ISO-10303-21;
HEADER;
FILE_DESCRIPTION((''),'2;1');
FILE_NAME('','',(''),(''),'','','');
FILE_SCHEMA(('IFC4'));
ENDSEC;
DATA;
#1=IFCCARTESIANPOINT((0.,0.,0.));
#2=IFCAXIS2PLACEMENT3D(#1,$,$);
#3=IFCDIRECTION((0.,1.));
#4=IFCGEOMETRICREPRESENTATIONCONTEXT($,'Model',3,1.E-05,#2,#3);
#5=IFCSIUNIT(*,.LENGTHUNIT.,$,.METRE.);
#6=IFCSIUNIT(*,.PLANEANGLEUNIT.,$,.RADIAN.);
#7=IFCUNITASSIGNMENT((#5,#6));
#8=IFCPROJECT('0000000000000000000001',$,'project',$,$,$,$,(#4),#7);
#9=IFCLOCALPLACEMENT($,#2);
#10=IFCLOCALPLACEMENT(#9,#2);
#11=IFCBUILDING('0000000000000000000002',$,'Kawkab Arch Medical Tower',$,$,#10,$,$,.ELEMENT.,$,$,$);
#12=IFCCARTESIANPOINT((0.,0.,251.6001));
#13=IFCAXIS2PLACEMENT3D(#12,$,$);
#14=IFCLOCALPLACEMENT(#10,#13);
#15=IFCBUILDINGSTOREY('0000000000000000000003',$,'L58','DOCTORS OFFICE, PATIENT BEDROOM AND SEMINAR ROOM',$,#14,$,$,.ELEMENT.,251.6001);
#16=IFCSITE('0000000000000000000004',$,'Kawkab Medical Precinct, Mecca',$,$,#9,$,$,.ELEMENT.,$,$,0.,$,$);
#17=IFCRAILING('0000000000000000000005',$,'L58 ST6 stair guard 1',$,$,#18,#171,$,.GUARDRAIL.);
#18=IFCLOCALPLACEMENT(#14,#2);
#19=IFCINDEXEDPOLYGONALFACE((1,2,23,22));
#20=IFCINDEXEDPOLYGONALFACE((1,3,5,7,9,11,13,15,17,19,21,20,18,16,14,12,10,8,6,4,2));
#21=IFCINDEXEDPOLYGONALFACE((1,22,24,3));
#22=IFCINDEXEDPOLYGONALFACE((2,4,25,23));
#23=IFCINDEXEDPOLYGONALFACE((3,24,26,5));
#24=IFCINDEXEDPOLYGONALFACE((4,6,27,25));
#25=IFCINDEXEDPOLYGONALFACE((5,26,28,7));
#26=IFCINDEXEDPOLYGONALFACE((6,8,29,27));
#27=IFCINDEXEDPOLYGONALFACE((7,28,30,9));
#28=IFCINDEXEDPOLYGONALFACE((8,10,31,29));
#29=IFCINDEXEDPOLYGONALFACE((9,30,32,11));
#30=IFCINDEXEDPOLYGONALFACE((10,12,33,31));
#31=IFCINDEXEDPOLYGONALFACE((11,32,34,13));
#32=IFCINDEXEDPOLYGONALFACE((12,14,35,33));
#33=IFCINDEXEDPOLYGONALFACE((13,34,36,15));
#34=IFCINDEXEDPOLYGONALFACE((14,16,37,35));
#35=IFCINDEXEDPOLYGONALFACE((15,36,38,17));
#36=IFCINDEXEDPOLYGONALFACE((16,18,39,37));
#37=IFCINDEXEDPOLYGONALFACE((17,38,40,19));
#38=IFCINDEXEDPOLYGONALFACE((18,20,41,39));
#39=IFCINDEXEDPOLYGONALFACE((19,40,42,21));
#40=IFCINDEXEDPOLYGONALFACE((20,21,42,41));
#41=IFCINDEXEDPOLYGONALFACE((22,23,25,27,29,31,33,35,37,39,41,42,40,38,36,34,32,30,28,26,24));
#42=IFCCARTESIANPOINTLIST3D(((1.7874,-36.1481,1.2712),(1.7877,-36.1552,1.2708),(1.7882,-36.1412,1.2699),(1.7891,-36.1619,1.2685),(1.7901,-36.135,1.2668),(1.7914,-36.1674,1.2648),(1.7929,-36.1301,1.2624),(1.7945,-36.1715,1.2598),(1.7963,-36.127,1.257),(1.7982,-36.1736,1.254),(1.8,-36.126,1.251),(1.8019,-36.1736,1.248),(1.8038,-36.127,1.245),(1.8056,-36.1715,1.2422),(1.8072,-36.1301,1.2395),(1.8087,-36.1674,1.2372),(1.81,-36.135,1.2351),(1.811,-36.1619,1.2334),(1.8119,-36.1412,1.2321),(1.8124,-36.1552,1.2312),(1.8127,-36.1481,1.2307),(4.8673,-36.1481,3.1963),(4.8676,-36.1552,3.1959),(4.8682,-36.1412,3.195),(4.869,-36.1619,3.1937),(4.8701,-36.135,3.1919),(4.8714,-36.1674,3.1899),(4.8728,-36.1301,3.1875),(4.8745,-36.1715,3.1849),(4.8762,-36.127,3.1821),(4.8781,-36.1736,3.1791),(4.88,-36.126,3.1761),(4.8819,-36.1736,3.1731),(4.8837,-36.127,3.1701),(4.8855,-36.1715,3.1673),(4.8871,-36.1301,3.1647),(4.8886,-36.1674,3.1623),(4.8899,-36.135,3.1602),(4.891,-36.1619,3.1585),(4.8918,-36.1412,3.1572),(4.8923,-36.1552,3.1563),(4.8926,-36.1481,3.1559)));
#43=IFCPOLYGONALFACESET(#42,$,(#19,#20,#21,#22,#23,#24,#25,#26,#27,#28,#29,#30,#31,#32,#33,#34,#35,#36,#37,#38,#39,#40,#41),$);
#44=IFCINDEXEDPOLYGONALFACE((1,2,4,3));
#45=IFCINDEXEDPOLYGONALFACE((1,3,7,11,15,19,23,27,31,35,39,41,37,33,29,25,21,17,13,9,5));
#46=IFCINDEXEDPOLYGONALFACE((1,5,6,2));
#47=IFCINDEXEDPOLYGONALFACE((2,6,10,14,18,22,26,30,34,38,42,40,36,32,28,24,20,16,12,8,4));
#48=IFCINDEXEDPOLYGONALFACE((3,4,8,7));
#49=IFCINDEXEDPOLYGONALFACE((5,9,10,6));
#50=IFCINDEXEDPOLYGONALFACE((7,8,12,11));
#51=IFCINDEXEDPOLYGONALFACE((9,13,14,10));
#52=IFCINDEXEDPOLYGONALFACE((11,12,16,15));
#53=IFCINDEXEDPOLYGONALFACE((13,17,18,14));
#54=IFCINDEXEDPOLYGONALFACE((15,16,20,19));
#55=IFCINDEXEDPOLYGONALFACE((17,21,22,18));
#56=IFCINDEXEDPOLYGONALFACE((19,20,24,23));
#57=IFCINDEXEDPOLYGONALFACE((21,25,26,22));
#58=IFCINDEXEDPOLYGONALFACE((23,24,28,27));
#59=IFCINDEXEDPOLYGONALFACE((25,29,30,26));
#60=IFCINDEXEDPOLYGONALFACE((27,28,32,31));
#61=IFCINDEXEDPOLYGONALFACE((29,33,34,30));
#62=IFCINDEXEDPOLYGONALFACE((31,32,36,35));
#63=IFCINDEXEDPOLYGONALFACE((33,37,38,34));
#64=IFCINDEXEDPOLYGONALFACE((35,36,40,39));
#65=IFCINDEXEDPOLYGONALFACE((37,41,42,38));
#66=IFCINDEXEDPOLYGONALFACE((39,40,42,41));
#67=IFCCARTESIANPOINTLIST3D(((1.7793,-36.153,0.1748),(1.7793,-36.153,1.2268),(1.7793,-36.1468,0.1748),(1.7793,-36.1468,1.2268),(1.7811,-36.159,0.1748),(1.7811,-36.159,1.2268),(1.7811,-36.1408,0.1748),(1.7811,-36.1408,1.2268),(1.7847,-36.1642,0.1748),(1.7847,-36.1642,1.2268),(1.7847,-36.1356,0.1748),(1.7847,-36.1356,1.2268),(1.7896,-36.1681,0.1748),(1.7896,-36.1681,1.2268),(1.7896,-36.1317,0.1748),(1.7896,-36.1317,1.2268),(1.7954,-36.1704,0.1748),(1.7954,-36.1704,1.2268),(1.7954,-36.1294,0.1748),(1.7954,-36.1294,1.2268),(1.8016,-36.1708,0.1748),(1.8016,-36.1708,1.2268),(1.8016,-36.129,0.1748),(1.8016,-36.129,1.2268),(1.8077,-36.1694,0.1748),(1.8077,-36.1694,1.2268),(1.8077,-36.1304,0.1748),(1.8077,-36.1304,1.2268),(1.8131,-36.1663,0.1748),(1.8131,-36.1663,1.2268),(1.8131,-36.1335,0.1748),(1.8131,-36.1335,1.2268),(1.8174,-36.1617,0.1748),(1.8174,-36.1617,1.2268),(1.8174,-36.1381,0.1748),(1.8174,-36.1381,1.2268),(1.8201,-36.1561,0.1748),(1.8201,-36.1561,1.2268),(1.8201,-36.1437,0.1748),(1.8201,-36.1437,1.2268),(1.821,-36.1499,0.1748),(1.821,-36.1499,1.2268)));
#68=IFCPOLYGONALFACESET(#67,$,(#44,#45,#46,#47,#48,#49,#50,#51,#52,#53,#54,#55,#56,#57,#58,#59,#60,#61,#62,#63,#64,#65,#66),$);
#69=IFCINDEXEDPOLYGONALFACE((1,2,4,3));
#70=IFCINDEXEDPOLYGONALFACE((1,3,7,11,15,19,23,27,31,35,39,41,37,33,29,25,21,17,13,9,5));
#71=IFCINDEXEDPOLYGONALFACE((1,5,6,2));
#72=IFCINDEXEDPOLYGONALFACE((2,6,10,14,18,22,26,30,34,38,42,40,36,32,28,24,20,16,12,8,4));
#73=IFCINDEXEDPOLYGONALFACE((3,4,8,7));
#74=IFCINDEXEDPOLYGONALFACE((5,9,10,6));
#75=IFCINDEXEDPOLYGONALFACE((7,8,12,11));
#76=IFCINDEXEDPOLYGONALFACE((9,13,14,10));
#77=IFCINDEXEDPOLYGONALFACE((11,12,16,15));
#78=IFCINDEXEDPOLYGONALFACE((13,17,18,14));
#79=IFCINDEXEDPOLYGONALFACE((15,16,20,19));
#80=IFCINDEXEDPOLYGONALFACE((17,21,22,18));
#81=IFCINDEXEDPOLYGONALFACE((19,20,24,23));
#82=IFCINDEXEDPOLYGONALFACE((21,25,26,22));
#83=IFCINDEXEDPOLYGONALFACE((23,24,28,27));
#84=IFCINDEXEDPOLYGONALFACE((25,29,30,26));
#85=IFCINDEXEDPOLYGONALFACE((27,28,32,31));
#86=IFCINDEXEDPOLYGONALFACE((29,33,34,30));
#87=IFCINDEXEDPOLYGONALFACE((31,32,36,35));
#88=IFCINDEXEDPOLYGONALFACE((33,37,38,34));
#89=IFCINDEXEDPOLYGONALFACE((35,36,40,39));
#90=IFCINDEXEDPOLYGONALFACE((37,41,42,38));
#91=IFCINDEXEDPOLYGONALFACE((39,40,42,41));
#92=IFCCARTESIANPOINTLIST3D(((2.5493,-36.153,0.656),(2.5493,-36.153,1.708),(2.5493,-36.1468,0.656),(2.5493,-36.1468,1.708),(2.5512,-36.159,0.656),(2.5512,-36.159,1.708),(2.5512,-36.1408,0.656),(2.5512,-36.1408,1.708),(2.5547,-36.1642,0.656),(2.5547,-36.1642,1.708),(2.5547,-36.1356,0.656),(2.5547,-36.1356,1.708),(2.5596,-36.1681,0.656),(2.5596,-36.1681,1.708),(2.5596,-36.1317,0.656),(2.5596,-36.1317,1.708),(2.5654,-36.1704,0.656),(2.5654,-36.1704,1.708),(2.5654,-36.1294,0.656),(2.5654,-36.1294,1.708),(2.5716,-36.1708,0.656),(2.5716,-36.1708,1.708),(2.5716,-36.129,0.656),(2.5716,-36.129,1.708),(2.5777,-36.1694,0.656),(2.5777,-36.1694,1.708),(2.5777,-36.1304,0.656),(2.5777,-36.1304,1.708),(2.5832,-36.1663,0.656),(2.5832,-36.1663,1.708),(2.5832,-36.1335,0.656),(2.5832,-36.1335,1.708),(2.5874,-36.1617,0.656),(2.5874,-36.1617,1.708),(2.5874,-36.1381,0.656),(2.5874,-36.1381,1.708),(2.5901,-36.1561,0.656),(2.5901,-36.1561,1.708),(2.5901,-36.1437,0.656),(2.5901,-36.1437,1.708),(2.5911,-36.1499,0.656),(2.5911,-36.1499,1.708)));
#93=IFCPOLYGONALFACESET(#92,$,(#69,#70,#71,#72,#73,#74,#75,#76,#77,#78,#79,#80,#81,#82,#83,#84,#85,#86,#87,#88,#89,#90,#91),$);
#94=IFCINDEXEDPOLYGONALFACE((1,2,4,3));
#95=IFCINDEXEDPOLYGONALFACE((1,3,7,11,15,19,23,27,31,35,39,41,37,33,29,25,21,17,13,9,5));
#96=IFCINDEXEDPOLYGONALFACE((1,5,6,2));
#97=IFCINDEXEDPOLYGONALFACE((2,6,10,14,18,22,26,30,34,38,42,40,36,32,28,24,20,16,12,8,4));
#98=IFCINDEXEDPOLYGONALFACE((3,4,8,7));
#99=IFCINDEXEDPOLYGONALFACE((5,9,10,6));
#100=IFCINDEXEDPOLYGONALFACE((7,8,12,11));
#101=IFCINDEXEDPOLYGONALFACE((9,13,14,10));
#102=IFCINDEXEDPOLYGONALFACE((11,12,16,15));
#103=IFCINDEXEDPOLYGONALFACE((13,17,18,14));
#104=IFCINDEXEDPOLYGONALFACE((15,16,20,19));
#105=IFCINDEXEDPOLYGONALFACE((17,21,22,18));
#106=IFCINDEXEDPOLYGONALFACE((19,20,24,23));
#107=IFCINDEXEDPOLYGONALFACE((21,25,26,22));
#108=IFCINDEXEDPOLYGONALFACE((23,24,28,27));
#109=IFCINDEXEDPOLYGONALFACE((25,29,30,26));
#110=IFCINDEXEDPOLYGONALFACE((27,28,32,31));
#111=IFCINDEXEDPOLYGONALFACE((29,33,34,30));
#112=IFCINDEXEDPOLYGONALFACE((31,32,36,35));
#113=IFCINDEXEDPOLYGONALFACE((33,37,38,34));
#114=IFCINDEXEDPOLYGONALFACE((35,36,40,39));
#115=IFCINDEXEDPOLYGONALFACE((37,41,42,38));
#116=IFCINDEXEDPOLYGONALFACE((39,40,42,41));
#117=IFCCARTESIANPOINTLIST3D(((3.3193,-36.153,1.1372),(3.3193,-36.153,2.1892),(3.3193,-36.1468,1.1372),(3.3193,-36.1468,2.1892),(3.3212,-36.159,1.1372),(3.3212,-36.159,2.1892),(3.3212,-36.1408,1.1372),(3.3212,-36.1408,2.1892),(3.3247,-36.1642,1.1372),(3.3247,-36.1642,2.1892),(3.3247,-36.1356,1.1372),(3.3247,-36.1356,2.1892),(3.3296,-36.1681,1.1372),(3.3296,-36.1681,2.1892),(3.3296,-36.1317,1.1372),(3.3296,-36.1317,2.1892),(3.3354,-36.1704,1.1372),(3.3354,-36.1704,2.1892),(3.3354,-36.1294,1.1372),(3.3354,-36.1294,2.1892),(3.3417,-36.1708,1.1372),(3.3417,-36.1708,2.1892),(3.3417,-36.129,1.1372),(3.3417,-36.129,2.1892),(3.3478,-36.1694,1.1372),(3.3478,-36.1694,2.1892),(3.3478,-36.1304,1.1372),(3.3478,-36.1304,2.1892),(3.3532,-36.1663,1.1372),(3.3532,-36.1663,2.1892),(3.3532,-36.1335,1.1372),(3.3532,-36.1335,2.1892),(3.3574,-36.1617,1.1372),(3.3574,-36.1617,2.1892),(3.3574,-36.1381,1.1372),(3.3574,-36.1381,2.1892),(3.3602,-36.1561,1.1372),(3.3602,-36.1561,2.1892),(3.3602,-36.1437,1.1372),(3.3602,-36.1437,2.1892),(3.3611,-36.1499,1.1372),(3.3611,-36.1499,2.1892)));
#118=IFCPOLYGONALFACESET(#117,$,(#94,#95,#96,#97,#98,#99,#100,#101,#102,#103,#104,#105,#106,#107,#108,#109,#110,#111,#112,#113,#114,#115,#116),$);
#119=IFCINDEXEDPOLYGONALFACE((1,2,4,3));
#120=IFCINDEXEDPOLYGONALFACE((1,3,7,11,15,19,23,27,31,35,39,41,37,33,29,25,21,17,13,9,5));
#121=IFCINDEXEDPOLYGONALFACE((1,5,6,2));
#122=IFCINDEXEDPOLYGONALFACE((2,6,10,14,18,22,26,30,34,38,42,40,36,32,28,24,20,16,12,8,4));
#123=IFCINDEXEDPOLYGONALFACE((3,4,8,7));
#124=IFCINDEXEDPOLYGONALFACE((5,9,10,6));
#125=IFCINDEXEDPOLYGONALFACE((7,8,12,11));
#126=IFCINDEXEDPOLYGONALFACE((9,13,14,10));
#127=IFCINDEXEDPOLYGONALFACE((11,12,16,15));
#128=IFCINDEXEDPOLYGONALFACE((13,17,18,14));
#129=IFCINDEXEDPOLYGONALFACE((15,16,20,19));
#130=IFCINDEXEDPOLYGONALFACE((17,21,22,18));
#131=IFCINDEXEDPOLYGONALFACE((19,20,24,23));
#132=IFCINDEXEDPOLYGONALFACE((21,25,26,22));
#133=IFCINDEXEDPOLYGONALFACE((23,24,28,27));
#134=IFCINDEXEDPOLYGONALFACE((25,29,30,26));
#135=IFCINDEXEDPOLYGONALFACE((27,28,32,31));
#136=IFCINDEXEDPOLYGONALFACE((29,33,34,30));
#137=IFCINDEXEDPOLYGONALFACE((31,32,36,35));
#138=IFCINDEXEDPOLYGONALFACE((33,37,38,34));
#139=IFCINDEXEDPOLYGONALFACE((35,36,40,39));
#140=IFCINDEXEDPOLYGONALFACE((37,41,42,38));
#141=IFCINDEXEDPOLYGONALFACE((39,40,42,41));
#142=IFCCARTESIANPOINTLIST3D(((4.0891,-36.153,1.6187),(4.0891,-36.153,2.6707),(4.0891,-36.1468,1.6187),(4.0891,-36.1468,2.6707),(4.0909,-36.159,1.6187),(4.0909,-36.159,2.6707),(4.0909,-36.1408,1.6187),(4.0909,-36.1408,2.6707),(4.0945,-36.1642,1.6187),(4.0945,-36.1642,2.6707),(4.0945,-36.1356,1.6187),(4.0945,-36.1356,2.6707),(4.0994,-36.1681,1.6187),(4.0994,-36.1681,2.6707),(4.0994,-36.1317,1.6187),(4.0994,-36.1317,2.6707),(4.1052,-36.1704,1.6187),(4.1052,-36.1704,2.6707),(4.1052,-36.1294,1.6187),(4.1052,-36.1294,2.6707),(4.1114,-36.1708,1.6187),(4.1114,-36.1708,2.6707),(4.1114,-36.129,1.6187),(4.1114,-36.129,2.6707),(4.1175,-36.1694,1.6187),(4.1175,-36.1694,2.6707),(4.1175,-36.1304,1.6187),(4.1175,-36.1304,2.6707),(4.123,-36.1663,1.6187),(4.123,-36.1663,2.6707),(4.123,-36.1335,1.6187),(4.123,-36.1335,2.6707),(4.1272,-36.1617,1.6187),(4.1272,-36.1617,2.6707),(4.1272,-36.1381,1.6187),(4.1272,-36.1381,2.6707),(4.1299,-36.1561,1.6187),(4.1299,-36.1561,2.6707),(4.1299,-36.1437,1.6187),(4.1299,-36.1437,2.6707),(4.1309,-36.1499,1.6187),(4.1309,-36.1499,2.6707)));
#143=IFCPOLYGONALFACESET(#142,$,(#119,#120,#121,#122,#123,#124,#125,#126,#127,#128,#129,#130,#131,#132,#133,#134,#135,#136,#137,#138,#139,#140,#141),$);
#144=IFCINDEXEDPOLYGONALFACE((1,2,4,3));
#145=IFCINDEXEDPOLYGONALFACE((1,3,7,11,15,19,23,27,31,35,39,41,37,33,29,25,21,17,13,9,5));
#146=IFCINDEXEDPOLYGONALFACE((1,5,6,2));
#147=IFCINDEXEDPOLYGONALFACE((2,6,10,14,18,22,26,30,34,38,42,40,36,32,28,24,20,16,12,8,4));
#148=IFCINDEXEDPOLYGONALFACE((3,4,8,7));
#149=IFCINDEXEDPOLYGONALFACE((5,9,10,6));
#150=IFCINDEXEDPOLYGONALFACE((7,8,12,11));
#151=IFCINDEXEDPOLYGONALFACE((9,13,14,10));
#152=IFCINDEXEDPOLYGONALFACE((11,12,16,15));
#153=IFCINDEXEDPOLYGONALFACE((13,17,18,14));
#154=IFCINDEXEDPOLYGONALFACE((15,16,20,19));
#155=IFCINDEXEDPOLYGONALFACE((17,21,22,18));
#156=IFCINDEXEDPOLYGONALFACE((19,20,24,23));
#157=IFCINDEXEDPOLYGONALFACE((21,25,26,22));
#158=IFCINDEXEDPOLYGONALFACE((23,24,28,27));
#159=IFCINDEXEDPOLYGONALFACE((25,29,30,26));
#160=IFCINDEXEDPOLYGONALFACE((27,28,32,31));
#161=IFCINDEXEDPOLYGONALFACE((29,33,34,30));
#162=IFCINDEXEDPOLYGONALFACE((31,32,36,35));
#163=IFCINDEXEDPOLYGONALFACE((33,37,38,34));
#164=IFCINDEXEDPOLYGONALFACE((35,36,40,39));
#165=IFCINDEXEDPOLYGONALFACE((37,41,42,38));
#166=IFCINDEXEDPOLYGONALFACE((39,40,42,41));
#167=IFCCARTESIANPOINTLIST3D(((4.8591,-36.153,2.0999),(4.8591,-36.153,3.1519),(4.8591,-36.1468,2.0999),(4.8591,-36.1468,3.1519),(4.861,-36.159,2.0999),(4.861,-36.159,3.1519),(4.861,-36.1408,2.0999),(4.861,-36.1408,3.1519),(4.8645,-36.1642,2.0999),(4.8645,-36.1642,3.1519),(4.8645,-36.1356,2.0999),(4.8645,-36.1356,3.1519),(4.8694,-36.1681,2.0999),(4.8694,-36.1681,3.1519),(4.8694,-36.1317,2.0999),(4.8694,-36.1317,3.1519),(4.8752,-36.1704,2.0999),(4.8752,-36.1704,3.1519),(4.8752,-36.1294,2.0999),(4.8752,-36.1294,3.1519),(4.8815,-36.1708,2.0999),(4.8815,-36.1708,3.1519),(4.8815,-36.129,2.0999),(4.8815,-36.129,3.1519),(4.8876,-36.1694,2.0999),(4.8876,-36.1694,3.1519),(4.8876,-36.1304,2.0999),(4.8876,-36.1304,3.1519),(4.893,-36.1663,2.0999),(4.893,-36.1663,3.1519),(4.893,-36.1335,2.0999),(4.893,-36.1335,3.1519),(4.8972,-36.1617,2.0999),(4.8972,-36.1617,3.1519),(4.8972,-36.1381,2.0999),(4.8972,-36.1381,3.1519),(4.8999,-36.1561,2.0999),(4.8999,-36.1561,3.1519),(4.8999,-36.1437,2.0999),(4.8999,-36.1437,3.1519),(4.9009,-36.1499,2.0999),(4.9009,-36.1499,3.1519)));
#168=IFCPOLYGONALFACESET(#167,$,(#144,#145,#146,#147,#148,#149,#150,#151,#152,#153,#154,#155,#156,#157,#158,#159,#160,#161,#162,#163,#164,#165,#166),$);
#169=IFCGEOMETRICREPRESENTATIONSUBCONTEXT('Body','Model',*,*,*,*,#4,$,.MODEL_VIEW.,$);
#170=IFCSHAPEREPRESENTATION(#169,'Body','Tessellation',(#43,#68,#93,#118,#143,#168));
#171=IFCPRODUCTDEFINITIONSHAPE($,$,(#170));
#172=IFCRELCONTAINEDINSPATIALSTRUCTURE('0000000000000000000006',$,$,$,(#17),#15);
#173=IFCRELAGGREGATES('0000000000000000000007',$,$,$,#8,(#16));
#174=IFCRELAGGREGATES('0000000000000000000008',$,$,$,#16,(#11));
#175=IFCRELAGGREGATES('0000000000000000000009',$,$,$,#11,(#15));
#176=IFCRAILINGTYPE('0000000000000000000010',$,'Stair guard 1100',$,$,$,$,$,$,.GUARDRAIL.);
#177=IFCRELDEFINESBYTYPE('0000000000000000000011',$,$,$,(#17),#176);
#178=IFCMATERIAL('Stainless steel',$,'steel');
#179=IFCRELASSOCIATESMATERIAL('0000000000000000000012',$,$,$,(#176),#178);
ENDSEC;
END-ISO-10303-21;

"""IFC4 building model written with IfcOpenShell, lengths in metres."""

from ifc_helpers import new_model, si_unit, direction, frame, origin, origin_2d, place, context, subcontext, project, spatial, circle, extrude, material, type_object, element, save


model = new_model("IFC4")

# Units and contexts
model_context = context("Model", 3, precision=1e-05, world=origin(), true_north=direction((0.0, 1.0)))
body_context = subcontext(model_context, "Body", "Model", "MODEL_VIEW")
ifc_project = project(units=[si_unit("LENGTHUNIT", "METRE"), si_unit("PLANEANGLEUNIT", "RADIAN")], contexts=[model_context])

# Site, building, storey
site_placement = place(None, origin())
site = spatial("IfcSite", under=ifc_project, at=site_placement, Name="Kawkab Medical Precinct, Mecca", CompositionType="ELEMENT", RefElevation=0.0)
building_placement = place(site_placement, origin())
building = spatial("IfcBuilding", under=site, at=building_placement, Name="Kawkab Arch Medical Tower", CompositionType="ELEMENT")
storey_placement = place(building_placement, frame((0.0, 0.0, 251.6001)))
storey = spatial("IfcBuildingStorey", under=building, at=storey_placement, Name="L58", Description="DOCTORS OFFICE, PATIENT BEDROOM AND SEMINAR ROOM", CompositionType="ELEMENT", Elevation=251.6001)

# Railing
ifc_material_1 = material(Name="Stainless steel", Category="steel")
railing_type_1 = type_object("IfcRailingType", Name="Stair guard 1100", PredefinedType="GUARDRAIL", material=ifc_material_1)
railing_1_placement = place(storey_placement, frame((1.8, -36.1499, 0.1748)))
element("IfcRailing", 1, at=railing_1_placement, inside=storey, type_object=railing_type_1, Name="L58 ST6 stair guard 1", PredefinedType="GUARDRAIL", context=body_context, shape_type="SweptSolid", body=[
    extrude(circle(Radius=0.0239, at=origin_2d()), frame((0.0, 0.0, 1.0762), z_axis=(0.847979, 0.0, 0.530029), x_axis=(0.0, 1.0, 0.0)), (0.0, 0.0, 1.0), 3.6321),
    extrude(circle(Radius=0.021, at=origin_2d()), origin(), (0.0, 0.0, 1.0), 1.052),
    extrude(circle(Radius=0.021, at=origin_2d()), frame((0.77, 0.0, 0.4812)), (0.0, 0.0, 1.0), 1.052),
    extrude(circle(Radius=0.021, at=origin_2d()), frame((1.54, 0.0, 0.9624)), (0.0, 0.0, 1.0), 1.052),
    extrude(circle(Radius=0.021, at=origin_2d()), frame((2.3098, 0.0, 1.4438)), (0.0, 0.0, 1.0), 1.052),
    extrude(circle(Radius=0.021, at=origin_2d()), frame((3.0798, 0.0, 1.925)), (0.0, 0.0, 1.0), 1.052),
])

save(model, "model.ifc")
